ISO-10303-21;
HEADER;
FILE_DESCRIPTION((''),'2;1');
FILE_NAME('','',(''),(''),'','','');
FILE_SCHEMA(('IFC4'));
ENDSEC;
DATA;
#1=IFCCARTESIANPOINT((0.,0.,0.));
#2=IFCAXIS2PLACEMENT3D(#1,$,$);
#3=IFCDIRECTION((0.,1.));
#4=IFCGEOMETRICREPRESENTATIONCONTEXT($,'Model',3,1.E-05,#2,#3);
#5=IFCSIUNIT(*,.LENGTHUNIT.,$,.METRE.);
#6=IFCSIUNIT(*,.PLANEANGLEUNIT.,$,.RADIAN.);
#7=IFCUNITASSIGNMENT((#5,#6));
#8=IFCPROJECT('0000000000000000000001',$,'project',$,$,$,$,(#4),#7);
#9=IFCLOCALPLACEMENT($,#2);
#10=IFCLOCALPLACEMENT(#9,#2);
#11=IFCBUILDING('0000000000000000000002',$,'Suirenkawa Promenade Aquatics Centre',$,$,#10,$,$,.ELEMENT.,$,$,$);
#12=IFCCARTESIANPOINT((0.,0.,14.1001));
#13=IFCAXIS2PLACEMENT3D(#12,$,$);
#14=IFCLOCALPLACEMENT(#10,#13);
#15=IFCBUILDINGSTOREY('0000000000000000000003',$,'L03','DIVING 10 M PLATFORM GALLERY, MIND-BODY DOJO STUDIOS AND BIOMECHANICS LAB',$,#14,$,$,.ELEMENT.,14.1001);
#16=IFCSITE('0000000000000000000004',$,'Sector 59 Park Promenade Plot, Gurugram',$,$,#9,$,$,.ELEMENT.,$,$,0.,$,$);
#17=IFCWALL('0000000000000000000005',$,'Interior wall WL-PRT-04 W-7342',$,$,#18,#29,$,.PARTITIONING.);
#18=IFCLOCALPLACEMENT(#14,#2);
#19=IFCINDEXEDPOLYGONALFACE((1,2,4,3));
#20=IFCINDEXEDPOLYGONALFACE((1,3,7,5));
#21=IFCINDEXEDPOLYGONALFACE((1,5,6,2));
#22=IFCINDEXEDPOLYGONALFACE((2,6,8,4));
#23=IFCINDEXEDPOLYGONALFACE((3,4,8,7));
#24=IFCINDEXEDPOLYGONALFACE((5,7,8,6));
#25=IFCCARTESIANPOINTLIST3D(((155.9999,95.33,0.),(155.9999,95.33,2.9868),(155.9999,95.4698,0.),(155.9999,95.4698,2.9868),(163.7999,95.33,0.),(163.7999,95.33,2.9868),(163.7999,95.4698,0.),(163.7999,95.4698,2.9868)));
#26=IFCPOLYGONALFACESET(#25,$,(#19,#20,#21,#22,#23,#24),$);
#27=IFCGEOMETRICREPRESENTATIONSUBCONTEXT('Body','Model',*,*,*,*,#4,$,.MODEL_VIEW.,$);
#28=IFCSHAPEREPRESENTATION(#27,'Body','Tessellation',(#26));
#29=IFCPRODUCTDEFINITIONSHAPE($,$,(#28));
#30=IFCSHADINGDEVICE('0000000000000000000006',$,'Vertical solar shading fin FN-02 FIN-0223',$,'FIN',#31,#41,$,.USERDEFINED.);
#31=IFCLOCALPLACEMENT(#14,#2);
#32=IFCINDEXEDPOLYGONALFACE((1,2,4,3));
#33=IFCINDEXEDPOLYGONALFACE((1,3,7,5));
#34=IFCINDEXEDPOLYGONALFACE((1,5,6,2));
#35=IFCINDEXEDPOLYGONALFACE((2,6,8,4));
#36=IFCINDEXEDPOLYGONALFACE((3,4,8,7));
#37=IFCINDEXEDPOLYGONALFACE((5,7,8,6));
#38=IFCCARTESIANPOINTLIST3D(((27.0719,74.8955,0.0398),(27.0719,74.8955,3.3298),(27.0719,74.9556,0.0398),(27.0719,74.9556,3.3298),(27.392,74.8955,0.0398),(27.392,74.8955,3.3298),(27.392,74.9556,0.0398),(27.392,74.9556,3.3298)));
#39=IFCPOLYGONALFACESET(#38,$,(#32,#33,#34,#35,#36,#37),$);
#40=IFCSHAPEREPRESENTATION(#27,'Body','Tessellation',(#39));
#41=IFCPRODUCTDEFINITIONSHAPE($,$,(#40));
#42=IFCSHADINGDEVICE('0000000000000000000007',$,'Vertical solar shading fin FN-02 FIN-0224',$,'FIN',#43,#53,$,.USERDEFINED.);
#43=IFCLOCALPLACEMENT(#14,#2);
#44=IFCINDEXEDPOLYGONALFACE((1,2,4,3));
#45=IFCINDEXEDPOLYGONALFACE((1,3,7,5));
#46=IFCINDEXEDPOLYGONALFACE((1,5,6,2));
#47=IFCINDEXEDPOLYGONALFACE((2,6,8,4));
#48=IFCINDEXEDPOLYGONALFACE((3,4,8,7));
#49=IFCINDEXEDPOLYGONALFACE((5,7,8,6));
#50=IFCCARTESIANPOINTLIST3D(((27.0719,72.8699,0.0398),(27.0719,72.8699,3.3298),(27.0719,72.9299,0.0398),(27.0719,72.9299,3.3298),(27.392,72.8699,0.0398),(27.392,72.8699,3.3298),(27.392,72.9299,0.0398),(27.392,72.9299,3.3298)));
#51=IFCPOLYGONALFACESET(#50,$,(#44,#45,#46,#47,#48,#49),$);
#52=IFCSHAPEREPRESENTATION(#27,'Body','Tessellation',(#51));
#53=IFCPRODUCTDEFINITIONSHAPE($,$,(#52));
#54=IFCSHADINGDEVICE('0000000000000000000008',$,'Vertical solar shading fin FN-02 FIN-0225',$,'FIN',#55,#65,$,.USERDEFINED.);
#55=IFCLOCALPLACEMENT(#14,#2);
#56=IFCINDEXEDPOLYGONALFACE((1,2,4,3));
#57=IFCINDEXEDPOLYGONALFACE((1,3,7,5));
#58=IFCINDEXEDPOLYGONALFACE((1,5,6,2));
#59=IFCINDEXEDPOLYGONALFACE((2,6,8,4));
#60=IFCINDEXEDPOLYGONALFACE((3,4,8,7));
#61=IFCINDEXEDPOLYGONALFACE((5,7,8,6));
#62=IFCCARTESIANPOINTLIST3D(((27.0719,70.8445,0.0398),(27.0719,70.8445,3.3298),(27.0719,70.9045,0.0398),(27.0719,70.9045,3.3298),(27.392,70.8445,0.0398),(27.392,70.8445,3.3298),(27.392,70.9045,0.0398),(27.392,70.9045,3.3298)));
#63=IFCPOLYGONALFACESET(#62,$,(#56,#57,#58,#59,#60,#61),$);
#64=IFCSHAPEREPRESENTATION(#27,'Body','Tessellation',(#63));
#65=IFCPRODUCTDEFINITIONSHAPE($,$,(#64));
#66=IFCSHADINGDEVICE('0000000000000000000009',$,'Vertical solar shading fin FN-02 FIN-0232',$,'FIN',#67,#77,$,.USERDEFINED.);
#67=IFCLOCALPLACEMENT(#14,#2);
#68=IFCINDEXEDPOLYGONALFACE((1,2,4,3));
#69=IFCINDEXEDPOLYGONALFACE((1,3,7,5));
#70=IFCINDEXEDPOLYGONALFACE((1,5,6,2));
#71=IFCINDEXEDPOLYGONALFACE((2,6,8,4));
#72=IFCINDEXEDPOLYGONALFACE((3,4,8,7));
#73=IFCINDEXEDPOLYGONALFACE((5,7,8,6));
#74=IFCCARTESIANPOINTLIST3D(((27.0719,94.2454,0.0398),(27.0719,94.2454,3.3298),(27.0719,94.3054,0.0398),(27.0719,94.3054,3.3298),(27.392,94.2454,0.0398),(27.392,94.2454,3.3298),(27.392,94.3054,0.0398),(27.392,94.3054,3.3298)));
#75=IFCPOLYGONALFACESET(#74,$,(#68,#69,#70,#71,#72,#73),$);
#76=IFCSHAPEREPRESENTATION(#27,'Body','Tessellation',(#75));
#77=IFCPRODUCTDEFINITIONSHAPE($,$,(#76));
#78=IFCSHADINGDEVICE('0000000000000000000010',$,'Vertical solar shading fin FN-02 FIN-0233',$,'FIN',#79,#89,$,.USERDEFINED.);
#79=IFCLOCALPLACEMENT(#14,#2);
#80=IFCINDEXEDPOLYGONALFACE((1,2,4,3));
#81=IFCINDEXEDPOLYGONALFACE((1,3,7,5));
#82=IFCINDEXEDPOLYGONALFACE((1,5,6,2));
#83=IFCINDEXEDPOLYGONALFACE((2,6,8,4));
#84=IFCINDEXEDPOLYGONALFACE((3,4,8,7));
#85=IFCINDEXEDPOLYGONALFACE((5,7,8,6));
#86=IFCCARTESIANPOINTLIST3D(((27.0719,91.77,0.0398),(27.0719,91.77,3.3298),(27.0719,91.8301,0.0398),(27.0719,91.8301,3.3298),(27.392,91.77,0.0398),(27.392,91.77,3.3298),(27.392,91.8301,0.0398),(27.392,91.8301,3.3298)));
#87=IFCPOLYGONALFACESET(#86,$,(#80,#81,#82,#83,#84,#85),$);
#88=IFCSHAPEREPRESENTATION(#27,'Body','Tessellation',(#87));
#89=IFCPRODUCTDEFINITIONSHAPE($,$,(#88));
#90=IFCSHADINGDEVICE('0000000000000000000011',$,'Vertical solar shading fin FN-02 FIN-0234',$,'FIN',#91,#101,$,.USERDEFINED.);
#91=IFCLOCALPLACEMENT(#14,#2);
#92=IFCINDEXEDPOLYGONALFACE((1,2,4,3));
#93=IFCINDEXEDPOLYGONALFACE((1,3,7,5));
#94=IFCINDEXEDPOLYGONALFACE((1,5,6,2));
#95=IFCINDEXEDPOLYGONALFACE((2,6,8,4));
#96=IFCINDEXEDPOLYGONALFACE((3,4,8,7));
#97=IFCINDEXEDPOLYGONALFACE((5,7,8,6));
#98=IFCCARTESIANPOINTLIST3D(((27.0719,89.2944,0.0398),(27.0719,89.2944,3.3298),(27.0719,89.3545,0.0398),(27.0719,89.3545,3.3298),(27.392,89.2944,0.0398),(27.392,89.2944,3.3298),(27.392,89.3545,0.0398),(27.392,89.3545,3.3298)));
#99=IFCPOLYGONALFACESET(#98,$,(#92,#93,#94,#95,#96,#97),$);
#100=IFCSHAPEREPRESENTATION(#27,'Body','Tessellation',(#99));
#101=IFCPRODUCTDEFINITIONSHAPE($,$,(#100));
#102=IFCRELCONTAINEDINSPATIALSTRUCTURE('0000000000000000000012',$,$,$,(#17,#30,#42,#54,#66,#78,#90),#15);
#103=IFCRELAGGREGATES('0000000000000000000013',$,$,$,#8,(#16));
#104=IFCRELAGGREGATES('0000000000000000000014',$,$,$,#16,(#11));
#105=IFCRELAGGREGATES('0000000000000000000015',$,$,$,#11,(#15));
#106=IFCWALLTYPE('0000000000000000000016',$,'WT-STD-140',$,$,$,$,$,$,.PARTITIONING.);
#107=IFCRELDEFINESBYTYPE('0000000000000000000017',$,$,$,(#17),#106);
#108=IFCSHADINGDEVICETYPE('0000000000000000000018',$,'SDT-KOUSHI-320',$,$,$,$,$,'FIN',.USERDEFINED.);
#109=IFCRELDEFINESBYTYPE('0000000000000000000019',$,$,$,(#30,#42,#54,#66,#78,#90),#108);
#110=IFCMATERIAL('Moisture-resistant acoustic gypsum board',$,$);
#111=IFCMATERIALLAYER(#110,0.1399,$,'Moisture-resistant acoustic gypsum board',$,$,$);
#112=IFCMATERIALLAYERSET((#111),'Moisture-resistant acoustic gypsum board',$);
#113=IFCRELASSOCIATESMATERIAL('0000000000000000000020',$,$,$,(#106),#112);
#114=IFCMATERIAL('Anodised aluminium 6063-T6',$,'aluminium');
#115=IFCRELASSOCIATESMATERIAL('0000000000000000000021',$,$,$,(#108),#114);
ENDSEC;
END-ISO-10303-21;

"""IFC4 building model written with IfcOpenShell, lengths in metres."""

from ifc_helpers import new_model, si_unit, direction, frame, frame_2d, origin, origin_2d, place, context, subcontext, project, spatial, rectangle, extrude, material, layer, layer_set, type_object, element, save


model = new_model("IFC4")

# Units and contexts
model_context = context("Model", 3, precision=1e-05, world=origin(), true_north=direction((0.0, 1.0)))
body_context = subcontext(model_context, "Body", "Model", "MODEL_VIEW")
ifc_project = project(units=[si_unit("LENGTHUNIT", "METRE"), si_unit("PLANEANGLEUNIT", "RADIAN")], contexts=[model_context])

# Site, building, storey
site_placement = place(None, origin())
site = spatial("IfcSite", under=ifc_project, at=site_placement, Name="Sector 59 Park Promenade Plot, Gurugram", CompositionType="ELEMENT", RefElevation=0.0)
building_placement = place(site_placement, origin())
building = spatial("IfcBuilding", under=site, at=building_placement, Name="Suirenkawa Promenade Aquatics Centre", CompositionType="ELEMENT")
storey_placement = place(building_placement, frame((0.0, 0.0, 14.1001)))
storey = spatial("IfcBuildingStorey", under=building, at=storey_placement, Name="L03", Description="DIVING 10 M PLATFORM GALLERY, MIND-BODY DOJO STUDIOS AND BIOMECHANICS LAB", CompositionType="ELEMENT", Elevation=14.1001)

# Wall
ifc_material_1 = material(Name="Moisture-resistant acoustic gypsum board")
ifc_layer_1 = layer(ifc_material_1, 0.1399, Name="Moisture-resistant acoustic gypsum board")
ifc_layer_set_1 = layer_set([ifc_layer_1], Name="Moisture-resistant acoustic gypsum board")
wall_type_1 = type_object("IfcWallType", Name="WT-STD-140", PredefinedType="PARTITIONING", material=ifc_layer_set_1)
wall_1_placement = place(storey_placement, frame((156.0, 95.3999, 0.0), z_axis=(0.0, 0.0, 1.0), x_axis=(1.0, 0.0, 0.0)))
element("IfcWall", 1, at=wall_1_placement, inside=storey, type_object=wall_type_1, Name="Interior wall WL-PRT-04 W-7342", PredefinedType="PARTITIONING", context=body_context, shape_type="SweptSolid", body=[
    extrude(rectangle(XDim=7.8, YDim=0.1399, at=frame_2d((3.8999, 0.0))), origin(), (0.0, 0.0, 1.0), 2.9868),
])

# Shading devices
ifc_material_2 = material(Name="Anodised aluminium 6063-T6", Category="aluminium")
shading_device_type = type_object("IfcShadingDeviceType", Name="SDT-KOUSHI-320", ElementType="FIN", PredefinedType="USERDEFINED", material=ifc_material_2)
for number, where, z_axis, x_axis, name in (
    (2, (27.2319, 74.9255, 0.0398), (0.0, 0.0, 1.0), (1.0, 0.0, 0.0), "Vertical solar shading fin FN-02 FIN-0223"),
    (3, (27.2319, 72.8999, 0.0398), (0.0, 0.0, 1.0), (1.0, 0.0, 0.0), "Vertical solar shading fin FN-02 FIN-0224"),
    (4, (27.2319, 70.8745, 0.0398), (0.0, 0.0, 1.0), (1.0, 0.0, 0.0), "Vertical solar shading fin FN-02 FIN-0225"),
    (5, (27.2319, 94.2754, 0.0398), (0.0, 0.0, 1.0), (1.0, 0.0, 0.0), "Vertical solar shading fin FN-02 FIN-0232"),
    (6, (27.2319, 91.8, 0.0398), (0.0, 0.0, 1.0), (1.0, 0.0, 0.0), "Vertical solar shading fin FN-02 FIN-0233"),
    (7, (27.2319, 89.3245, 0.0398), (0.0, 0.0, 1.0), (1.0, 0.0, 0.0), "Vertical solar shading fin FN-02 FIN-0234"),
):
    element("IfcShadingDevice", number, at=place(storey_placement, frame(where, z_axis=z_axis, x_axis=x_axis)), inside=storey, type_object=shading_device_type, Name=name, ObjectType="FIN", PredefinedType="USERDEFINED", context=body_context, shape_type="SweptSolid", body=[
        extrude(rectangle(XDim=0.3201, YDim=0.0601, at=origin_2d()), origin(), (0.0, 0.0, 1.0), 3.29),
    ])

save(model, "model.ifc")
